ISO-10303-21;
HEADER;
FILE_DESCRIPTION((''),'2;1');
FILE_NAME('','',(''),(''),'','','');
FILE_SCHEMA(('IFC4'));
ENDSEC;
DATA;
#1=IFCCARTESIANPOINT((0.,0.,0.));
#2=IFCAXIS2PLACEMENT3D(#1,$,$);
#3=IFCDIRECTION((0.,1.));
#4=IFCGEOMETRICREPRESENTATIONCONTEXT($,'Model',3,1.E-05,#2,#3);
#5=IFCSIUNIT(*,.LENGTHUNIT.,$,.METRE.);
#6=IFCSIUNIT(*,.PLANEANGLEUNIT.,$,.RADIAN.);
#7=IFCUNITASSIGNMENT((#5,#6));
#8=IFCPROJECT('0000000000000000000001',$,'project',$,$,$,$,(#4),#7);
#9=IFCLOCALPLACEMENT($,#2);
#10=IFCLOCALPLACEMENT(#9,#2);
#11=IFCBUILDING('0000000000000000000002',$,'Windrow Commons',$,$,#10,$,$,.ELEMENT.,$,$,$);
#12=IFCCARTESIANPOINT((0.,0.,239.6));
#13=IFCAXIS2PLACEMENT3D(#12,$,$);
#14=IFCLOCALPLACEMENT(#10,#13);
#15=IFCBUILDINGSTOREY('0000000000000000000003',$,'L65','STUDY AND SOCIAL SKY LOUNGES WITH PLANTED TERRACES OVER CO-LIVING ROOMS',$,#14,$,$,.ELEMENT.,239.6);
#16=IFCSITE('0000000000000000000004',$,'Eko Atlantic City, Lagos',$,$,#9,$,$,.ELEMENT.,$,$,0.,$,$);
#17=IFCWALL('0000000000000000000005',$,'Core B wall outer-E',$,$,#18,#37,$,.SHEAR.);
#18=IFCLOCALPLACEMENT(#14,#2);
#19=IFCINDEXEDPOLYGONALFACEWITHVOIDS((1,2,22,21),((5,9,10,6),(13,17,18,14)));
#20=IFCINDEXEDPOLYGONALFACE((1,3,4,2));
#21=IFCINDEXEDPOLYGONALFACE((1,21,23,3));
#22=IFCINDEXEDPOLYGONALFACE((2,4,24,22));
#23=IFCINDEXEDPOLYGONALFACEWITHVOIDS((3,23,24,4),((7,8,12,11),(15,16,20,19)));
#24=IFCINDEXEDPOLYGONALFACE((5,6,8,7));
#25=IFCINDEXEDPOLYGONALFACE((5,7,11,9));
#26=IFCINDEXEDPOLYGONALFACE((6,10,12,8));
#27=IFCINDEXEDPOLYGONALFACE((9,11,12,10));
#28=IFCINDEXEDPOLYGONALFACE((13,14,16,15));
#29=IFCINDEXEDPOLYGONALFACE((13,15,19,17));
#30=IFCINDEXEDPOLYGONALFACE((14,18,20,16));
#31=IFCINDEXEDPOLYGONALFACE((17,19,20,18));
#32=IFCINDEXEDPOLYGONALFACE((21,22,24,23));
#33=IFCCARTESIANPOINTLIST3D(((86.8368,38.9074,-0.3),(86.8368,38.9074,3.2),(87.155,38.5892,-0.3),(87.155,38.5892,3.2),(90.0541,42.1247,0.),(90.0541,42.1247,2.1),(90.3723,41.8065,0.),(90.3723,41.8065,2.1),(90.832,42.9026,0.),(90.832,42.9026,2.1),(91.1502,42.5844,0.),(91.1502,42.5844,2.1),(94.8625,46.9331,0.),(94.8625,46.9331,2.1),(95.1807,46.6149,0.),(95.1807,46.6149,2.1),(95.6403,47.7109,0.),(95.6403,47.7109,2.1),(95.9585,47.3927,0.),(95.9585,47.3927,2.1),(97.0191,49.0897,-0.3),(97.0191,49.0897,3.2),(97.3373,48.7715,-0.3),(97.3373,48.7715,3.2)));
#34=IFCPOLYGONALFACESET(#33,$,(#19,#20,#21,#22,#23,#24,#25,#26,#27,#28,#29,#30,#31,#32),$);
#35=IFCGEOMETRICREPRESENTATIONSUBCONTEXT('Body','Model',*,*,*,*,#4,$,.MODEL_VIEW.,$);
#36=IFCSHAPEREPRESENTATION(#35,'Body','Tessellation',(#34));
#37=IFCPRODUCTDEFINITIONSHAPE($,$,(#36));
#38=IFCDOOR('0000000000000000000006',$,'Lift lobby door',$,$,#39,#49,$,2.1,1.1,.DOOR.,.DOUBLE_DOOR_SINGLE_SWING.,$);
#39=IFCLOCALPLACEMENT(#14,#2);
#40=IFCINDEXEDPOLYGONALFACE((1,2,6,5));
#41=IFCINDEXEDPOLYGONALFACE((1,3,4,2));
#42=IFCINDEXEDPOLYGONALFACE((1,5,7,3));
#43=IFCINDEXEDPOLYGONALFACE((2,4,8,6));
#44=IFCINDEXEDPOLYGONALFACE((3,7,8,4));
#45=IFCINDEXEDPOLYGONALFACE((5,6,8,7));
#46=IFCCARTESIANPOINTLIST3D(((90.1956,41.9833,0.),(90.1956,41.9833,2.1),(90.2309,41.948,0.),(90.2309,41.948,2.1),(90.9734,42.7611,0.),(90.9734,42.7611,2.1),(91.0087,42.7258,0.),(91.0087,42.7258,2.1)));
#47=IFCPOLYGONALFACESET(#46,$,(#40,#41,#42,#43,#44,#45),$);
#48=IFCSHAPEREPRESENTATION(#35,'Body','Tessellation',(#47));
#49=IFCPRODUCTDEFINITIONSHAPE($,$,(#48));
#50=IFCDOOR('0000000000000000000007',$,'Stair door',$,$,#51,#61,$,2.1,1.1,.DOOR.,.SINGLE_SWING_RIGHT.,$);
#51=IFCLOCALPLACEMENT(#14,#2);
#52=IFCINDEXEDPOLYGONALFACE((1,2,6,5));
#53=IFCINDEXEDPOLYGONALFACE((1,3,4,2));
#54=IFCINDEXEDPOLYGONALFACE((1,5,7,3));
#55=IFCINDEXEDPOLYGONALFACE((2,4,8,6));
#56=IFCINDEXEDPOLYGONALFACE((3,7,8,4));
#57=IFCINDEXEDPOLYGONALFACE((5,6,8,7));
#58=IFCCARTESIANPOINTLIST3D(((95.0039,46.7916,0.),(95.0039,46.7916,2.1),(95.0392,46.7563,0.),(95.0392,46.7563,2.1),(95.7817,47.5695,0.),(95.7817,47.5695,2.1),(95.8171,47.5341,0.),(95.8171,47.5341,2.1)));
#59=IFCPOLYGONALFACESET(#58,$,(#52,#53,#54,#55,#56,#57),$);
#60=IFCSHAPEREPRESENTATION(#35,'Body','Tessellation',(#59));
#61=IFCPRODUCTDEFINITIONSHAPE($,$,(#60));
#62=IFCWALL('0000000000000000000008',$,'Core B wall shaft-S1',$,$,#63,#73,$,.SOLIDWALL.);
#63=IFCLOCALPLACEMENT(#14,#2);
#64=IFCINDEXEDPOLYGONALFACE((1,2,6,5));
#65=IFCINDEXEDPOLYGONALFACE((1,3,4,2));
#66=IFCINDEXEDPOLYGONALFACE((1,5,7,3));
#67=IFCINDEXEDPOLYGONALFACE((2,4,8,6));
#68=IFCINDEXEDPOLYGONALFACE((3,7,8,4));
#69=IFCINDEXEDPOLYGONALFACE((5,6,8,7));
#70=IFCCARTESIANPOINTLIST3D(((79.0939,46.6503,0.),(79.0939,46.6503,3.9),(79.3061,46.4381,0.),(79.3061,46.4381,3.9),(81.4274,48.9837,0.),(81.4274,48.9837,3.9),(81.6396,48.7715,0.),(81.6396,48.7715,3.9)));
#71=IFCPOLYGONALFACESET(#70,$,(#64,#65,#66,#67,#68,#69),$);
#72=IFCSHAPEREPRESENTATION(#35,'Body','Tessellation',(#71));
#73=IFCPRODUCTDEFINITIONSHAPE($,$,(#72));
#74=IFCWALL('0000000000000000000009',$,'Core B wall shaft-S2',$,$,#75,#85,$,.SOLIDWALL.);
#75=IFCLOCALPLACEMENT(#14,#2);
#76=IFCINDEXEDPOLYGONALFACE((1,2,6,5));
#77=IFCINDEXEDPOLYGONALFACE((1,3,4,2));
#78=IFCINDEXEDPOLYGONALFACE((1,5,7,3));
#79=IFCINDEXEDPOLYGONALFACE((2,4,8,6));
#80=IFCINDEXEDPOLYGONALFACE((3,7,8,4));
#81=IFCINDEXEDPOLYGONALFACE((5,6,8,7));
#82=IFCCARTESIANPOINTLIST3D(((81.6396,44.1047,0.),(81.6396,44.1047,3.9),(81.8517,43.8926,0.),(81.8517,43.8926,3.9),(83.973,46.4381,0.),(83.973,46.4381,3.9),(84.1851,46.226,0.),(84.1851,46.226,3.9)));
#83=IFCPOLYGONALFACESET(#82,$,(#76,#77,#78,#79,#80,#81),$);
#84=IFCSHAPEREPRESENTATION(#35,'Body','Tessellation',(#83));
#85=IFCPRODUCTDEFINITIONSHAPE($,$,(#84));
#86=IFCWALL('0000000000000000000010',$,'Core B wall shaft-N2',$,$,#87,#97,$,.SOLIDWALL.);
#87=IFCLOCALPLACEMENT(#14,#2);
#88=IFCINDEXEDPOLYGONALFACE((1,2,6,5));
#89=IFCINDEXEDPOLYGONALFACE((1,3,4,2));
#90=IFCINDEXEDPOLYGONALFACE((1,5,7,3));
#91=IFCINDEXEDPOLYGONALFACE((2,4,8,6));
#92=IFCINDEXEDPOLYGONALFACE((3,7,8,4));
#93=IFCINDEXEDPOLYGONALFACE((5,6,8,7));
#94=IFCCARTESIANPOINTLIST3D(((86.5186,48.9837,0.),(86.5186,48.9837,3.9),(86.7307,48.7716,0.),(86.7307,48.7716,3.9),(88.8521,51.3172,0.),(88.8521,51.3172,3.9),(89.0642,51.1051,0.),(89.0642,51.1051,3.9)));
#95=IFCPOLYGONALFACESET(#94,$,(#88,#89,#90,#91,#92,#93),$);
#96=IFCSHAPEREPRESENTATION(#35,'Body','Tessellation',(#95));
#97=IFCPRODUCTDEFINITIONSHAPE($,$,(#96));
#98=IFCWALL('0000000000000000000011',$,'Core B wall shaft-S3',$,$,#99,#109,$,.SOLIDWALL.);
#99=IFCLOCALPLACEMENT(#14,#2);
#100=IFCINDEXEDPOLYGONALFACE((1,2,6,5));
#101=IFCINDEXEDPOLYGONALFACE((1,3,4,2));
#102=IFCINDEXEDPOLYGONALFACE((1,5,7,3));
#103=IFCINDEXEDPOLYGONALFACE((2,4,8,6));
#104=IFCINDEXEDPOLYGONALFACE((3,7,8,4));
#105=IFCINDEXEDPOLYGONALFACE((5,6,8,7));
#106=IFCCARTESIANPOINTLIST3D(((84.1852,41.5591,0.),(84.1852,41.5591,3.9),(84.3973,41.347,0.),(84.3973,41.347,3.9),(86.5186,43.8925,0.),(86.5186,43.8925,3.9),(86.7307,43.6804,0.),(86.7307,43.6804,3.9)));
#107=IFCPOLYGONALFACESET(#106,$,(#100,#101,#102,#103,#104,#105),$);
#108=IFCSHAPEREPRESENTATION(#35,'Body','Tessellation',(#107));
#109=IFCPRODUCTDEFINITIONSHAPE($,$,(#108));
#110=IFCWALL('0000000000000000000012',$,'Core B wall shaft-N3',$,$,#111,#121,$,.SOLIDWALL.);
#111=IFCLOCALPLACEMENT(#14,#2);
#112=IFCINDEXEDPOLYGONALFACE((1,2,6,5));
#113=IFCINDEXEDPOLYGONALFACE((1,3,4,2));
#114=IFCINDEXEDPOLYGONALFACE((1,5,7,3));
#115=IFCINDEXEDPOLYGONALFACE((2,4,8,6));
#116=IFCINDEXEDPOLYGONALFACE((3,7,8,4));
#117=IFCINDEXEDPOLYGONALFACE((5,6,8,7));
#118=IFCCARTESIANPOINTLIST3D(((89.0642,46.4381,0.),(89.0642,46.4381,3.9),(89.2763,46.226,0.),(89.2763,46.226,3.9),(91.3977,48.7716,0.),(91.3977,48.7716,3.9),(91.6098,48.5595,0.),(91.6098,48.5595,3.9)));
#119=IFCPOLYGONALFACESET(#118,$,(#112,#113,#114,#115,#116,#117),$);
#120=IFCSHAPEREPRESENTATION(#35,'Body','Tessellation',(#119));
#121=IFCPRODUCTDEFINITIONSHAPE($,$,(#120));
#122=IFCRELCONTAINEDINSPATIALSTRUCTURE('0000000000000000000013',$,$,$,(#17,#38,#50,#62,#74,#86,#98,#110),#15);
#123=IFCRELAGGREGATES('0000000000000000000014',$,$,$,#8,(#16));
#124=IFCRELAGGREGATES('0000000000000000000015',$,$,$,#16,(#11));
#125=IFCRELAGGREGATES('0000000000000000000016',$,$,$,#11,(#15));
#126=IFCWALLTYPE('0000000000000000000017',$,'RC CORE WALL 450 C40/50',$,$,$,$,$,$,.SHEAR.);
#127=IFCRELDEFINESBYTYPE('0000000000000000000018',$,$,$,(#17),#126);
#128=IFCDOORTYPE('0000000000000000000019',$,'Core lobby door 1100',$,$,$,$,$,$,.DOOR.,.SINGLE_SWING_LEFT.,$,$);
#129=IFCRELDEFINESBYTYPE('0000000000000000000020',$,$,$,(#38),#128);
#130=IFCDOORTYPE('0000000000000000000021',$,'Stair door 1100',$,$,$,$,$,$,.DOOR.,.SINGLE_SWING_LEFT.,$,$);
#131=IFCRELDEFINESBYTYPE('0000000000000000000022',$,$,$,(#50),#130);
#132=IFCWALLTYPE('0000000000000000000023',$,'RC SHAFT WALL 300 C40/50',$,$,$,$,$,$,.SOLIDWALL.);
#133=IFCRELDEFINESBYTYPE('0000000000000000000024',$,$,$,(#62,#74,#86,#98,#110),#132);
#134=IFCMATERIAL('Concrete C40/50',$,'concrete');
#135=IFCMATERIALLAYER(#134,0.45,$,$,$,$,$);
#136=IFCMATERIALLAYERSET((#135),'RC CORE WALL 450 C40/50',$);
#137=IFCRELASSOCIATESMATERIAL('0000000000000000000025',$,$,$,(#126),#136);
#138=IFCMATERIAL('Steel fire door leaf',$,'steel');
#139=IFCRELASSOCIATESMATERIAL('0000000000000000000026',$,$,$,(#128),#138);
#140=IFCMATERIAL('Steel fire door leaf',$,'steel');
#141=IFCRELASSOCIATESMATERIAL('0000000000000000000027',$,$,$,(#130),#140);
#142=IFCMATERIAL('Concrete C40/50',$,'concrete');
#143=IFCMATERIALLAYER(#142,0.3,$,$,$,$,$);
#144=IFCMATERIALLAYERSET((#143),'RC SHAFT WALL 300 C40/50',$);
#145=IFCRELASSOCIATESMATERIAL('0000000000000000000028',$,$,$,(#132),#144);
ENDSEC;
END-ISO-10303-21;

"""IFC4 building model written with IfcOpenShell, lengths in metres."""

from ifc_helpers import new_model, si_unit, direction, frame, frame_2d, origin, place, context, subcontext, project, spatial, rectangle, extrude, material, layer, layer_set, type_object, element, fill, save


model = new_model("IFC4")

# Units and contexts
model_context = context("Model", 3, precision=1e-05, world=origin(), true_north=direction((0.0, 1.0)))
body_context = subcontext(model_context, "Body", "Model", "MODEL_VIEW")
ifc_project = project(units=[si_unit("LENGTHUNIT", "METRE"), si_unit("PLANEANGLEUNIT", "RADIAN")], contexts=[model_context])

# Site, building, storey
site_placement = place(None, origin())
site = spatial("IfcSite", under=ifc_project, at=site_placement, Name="Eko Atlantic City, Lagos", CompositionType="ELEMENT", RefElevation=0.0)
building_placement = place(site_placement, origin())
building = spatial("IfcBuilding", under=site, at=building_placement, Name="Windrow Commons", CompositionType="ELEMENT")
storey_placement = place(building_placement, frame((0.0, 0.0, 239.6)))
storey = spatial("IfcBuildingStorey", under=building, at=storey_placement, Name="L65", Description="STUDY AND SOCIAL SKY LOUNGES WITH PLANTED TERRACES OVER CO-LIVING ROOMS", CompositionType="ELEMENT", Elevation=239.6)

# Wall, openings, doors
ifc_material_1 = material(Name="Concrete C40/50", Category="concrete")
ifc_layer_1 = layer(ifc_material_1, 0.45)
ifc_layer_set_1 = layer_set([ifc_layer_1], Name="RC CORE WALL 450 C40/50")
wall_type_1 = type_object("IfcWallType", Name="RC CORE WALL 450 C40/50", PredefinedType="SHEAR", material=ifc_layer_set_1)
wall_1_placement = place(storey_placement, frame((86.9959, 38.7483, -0.3), z_axis=(0.0, 0.0, 1.0), x_axis=(0.707107, 0.707107, 0.0)))
wall_1 = element("IfcWall", 1, at=wall_1_placement, inside=storey, type_object=wall_type_1, Name="Core B wall outer-E", PredefinedType="SHEAR", context=body_context, shape_type="SweptSolid", body=[
    extrude(rectangle(XDim=14.3999, YDim=0.45, at=frame_2d((7.2, 0.0))), origin(), (0.0, 0.0, 1.0), 3.5),
])
opening_1_placement = place(wall_1_placement, frame((4.55, 0.0, 0.3)))
opening_1 = element("IfcOpeningElement", 2, at=opening_1_placement, cuts=wall_1, PredefinedType="OPENING", context=body_context, shape_type="SweptSolid", body=[
    extrude(rectangle(XDim=1.1, YDim=2.1, at=frame_2d((0.55, 1.05))), frame((0.0, 0.235, 0.0), z_axis=(0.0, -1.0, 0.0), x_axis=(1.0, 0.0, 0.0)), (0.0, 0.0, 1.0), 0.47),
])
opening_2_placement = place(wall_1_placement, frame((11.35, 0.0, 0.3)))
opening_2 = element("IfcOpeningElement", 3, at=opening_2_placement, cuts=wall_1, PredefinedType="OPENING", context=body_context, shape_type="SweptSolid", body=[
    extrude(rectangle(XDim=1.1, YDim=2.1, at=frame_2d((0.55, 1.05))), frame((0.0, 0.235, 0.0), z_axis=(0.0, -1.0, 0.0), x_axis=(1.0, 0.0, 0.0)), (0.0, 0.0, 1.0), 0.47),
])
ifc_material_2 = material(Name="Steel fire door leaf", Category="steel")
door_type_1 = type_object("IfcDoorType", Name="Core lobby door 1100", OperationType="SINGLE_SWING_LEFT", PredefinedType="DOOR", material=ifc_material_2)
door_1_placement = place(opening_1_placement, origin())
door_1 = element("IfcDoor", 4, at=door_1_placement, inside=storey, type_object=door_type_1, Name="Lift lobby door", OperationType="DOUBLE_DOOR_SINGLE_SWING", OverallHeight=2.1, OverallWidth=1.1, PredefinedType="DOOR", context=body_context, shape_type="SweptSolid", body=[
    extrude(rectangle(XDim=1.1, YDim=2.1, at=frame_2d((0.55, 1.05))), frame((0.0, 0.025, 0.0), z_axis=(0.0, -1.0, 0.0), x_axis=(1.0, 0.0, 0.0)), (0.0, 0.0, 1.0), 0.05),
])
fill(opening_1, door_1)
ifc_material_3 = material(Name="Steel fire door leaf", Category="steel")
door_type_2 = type_object("IfcDoorType", Name="Stair door 1100", OperationType="SINGLE_SWING_LEFT", PredefinedType="DOOR", material=ifc_material_3)
door_2_placement = place(opening_2_placement, origin())
door_2 = element("IfcDoor", 5, at=door_2_placement, inside=storey, type_object=door_type_2, Name="Stair door", OperationType="SINGLE_SWING_RIGHT", OverallHeight=2.1, OverallWidth=1.1, PredefinedType="DOOR", context=body_context, shape_type="SweptSolid", body=[
    extrude(rectangle(XDim=1.1, YDim=2.1, at=frame_2d((0.55, 1.05))), frame((0.0, 0.025, 0.0), z_axis=(0.0, -1.0, 0.0), x_axis=(1.0, 0.0, 0.0)), (0.0, 0.0, 1.0), 0.05),
])
fill(opening_2, door_2)

# Walls
ifc_material_4 = material(Name="Concrete C40/50", Category="concrete")
ifc_layer_2 = layer(ifc_material_4, 0.3)
ifc_layer_set_2 = layer_set([ifc_layer_2], Name="RC SHAFT WALL 300 C40/50")
wall_type_2 = type_object("IfcWallType", Name="RC SHAFT WALL 300 C40/50", PredefinedType="SOLIDWALL", material=ifc_layer_set_2)
wall_2_placement = place(storey_placement, frame((79.2, 46.5442, 0.0), z_axis=(0.0, 0.0, 1.0), x_axis=(0.707122, 0.707092, 0.0)))
element("IfcWall", 6, at=wall_2_placement, inside=storey, type_object=wall_type_2, Name="Core B wall shaft-S1", PredefinedType="SOLIDWALL", context=body_context, shape_type="SweptSolid", body=[
    extrude(rectangle(XDim=3.3, YDim=0.3, at=frame_2d((1.65, 0.0))), origin(), (0.0, 0.0, 1.0), 3.9),
])
wall_3_placement = place(storey_placement, frame((81.7456, 43.9986, 0.0), z_axis=(0.0, 0.0, 1.0), x_axis=(0.707107, 0.707107, 0.0)))
element("IfcWall", 7, at=wall_3_placement, inside=storey, type_object=wall_type_2, Name="Core B wall shaft-S2", PredefinedType="SOLIDWALL", context=body_context, shape_type="SweptSolid", body=[
    extrude(rectangle(XDim=3.2999, YDim=0.3, at=frame_2d((1.65, 0.0))), origin(), (0.0, 0.0, 1.0), 3.9),
])
wall_4_placement = place(storey_placement, frame((86.6246, 48.8776, 0.0), z_axis=(0.0, 0.0, 1.0), x_axis=(0.707107, 0.707107, 0.0)))
element("IfcWall", 8, at=wall_4_placement, inside=storey, type_object=wall_type_2, Name="Core B wall shaft-N2", PredefinedType="SOLIDWALL", context=body_context, shape_type="SweptSolid", body=[
    extrude(rectangle(XDim=3.3001, YDim=0.3, at=frame_2d((1.6501, 0.0))), origin(), (0.0, 0.0, 1.0), 3.9),
])
wall_5_placement = place(storey_placement, frame((84.2912, 41.453, 0.0), z_axis=(0.0, 0.0, 1.0), x_axis=(0.707107, 0.707107, 0.0)))
element("IfcWall", 9, at=wall_5_placement, inside=storey, type_object=wall_type_2, Name="Core B wall shaft-S3", PredefinedType="SOLIDWALL", context=body_context, shape_type="SweptSolid", body=[
    extrude(rectangle(XDim=3.2999, YDim=0.3, at=frame_2d((1.65, 0.0))), origin(), (0.0, 0.0, 1.0), 3.9),
])
wall_6_placement = place(storey_placement, frame((89.1702, 46.332, 0.0), z_axis=(0.0, 0.0, 1.0), x_axis=(0.707107, 0.707107, 0.0)))
element("IfcWall", 10, at=wall_6_placement, inside=storey, type_object=wall_type_2, Name="Core B wall shaft-N3", PredefinedType="SOLIDWALL", context=body_context, shape_type="SweptSolid", body=[
    extrude(rectangle(XDim=3.3001, YDim=0.3, at=frame_2d((1.6501, 0.0))), origin(), (0.0, 0.0, 1.0), 3.9),
])

save(model, "model.ifc")
